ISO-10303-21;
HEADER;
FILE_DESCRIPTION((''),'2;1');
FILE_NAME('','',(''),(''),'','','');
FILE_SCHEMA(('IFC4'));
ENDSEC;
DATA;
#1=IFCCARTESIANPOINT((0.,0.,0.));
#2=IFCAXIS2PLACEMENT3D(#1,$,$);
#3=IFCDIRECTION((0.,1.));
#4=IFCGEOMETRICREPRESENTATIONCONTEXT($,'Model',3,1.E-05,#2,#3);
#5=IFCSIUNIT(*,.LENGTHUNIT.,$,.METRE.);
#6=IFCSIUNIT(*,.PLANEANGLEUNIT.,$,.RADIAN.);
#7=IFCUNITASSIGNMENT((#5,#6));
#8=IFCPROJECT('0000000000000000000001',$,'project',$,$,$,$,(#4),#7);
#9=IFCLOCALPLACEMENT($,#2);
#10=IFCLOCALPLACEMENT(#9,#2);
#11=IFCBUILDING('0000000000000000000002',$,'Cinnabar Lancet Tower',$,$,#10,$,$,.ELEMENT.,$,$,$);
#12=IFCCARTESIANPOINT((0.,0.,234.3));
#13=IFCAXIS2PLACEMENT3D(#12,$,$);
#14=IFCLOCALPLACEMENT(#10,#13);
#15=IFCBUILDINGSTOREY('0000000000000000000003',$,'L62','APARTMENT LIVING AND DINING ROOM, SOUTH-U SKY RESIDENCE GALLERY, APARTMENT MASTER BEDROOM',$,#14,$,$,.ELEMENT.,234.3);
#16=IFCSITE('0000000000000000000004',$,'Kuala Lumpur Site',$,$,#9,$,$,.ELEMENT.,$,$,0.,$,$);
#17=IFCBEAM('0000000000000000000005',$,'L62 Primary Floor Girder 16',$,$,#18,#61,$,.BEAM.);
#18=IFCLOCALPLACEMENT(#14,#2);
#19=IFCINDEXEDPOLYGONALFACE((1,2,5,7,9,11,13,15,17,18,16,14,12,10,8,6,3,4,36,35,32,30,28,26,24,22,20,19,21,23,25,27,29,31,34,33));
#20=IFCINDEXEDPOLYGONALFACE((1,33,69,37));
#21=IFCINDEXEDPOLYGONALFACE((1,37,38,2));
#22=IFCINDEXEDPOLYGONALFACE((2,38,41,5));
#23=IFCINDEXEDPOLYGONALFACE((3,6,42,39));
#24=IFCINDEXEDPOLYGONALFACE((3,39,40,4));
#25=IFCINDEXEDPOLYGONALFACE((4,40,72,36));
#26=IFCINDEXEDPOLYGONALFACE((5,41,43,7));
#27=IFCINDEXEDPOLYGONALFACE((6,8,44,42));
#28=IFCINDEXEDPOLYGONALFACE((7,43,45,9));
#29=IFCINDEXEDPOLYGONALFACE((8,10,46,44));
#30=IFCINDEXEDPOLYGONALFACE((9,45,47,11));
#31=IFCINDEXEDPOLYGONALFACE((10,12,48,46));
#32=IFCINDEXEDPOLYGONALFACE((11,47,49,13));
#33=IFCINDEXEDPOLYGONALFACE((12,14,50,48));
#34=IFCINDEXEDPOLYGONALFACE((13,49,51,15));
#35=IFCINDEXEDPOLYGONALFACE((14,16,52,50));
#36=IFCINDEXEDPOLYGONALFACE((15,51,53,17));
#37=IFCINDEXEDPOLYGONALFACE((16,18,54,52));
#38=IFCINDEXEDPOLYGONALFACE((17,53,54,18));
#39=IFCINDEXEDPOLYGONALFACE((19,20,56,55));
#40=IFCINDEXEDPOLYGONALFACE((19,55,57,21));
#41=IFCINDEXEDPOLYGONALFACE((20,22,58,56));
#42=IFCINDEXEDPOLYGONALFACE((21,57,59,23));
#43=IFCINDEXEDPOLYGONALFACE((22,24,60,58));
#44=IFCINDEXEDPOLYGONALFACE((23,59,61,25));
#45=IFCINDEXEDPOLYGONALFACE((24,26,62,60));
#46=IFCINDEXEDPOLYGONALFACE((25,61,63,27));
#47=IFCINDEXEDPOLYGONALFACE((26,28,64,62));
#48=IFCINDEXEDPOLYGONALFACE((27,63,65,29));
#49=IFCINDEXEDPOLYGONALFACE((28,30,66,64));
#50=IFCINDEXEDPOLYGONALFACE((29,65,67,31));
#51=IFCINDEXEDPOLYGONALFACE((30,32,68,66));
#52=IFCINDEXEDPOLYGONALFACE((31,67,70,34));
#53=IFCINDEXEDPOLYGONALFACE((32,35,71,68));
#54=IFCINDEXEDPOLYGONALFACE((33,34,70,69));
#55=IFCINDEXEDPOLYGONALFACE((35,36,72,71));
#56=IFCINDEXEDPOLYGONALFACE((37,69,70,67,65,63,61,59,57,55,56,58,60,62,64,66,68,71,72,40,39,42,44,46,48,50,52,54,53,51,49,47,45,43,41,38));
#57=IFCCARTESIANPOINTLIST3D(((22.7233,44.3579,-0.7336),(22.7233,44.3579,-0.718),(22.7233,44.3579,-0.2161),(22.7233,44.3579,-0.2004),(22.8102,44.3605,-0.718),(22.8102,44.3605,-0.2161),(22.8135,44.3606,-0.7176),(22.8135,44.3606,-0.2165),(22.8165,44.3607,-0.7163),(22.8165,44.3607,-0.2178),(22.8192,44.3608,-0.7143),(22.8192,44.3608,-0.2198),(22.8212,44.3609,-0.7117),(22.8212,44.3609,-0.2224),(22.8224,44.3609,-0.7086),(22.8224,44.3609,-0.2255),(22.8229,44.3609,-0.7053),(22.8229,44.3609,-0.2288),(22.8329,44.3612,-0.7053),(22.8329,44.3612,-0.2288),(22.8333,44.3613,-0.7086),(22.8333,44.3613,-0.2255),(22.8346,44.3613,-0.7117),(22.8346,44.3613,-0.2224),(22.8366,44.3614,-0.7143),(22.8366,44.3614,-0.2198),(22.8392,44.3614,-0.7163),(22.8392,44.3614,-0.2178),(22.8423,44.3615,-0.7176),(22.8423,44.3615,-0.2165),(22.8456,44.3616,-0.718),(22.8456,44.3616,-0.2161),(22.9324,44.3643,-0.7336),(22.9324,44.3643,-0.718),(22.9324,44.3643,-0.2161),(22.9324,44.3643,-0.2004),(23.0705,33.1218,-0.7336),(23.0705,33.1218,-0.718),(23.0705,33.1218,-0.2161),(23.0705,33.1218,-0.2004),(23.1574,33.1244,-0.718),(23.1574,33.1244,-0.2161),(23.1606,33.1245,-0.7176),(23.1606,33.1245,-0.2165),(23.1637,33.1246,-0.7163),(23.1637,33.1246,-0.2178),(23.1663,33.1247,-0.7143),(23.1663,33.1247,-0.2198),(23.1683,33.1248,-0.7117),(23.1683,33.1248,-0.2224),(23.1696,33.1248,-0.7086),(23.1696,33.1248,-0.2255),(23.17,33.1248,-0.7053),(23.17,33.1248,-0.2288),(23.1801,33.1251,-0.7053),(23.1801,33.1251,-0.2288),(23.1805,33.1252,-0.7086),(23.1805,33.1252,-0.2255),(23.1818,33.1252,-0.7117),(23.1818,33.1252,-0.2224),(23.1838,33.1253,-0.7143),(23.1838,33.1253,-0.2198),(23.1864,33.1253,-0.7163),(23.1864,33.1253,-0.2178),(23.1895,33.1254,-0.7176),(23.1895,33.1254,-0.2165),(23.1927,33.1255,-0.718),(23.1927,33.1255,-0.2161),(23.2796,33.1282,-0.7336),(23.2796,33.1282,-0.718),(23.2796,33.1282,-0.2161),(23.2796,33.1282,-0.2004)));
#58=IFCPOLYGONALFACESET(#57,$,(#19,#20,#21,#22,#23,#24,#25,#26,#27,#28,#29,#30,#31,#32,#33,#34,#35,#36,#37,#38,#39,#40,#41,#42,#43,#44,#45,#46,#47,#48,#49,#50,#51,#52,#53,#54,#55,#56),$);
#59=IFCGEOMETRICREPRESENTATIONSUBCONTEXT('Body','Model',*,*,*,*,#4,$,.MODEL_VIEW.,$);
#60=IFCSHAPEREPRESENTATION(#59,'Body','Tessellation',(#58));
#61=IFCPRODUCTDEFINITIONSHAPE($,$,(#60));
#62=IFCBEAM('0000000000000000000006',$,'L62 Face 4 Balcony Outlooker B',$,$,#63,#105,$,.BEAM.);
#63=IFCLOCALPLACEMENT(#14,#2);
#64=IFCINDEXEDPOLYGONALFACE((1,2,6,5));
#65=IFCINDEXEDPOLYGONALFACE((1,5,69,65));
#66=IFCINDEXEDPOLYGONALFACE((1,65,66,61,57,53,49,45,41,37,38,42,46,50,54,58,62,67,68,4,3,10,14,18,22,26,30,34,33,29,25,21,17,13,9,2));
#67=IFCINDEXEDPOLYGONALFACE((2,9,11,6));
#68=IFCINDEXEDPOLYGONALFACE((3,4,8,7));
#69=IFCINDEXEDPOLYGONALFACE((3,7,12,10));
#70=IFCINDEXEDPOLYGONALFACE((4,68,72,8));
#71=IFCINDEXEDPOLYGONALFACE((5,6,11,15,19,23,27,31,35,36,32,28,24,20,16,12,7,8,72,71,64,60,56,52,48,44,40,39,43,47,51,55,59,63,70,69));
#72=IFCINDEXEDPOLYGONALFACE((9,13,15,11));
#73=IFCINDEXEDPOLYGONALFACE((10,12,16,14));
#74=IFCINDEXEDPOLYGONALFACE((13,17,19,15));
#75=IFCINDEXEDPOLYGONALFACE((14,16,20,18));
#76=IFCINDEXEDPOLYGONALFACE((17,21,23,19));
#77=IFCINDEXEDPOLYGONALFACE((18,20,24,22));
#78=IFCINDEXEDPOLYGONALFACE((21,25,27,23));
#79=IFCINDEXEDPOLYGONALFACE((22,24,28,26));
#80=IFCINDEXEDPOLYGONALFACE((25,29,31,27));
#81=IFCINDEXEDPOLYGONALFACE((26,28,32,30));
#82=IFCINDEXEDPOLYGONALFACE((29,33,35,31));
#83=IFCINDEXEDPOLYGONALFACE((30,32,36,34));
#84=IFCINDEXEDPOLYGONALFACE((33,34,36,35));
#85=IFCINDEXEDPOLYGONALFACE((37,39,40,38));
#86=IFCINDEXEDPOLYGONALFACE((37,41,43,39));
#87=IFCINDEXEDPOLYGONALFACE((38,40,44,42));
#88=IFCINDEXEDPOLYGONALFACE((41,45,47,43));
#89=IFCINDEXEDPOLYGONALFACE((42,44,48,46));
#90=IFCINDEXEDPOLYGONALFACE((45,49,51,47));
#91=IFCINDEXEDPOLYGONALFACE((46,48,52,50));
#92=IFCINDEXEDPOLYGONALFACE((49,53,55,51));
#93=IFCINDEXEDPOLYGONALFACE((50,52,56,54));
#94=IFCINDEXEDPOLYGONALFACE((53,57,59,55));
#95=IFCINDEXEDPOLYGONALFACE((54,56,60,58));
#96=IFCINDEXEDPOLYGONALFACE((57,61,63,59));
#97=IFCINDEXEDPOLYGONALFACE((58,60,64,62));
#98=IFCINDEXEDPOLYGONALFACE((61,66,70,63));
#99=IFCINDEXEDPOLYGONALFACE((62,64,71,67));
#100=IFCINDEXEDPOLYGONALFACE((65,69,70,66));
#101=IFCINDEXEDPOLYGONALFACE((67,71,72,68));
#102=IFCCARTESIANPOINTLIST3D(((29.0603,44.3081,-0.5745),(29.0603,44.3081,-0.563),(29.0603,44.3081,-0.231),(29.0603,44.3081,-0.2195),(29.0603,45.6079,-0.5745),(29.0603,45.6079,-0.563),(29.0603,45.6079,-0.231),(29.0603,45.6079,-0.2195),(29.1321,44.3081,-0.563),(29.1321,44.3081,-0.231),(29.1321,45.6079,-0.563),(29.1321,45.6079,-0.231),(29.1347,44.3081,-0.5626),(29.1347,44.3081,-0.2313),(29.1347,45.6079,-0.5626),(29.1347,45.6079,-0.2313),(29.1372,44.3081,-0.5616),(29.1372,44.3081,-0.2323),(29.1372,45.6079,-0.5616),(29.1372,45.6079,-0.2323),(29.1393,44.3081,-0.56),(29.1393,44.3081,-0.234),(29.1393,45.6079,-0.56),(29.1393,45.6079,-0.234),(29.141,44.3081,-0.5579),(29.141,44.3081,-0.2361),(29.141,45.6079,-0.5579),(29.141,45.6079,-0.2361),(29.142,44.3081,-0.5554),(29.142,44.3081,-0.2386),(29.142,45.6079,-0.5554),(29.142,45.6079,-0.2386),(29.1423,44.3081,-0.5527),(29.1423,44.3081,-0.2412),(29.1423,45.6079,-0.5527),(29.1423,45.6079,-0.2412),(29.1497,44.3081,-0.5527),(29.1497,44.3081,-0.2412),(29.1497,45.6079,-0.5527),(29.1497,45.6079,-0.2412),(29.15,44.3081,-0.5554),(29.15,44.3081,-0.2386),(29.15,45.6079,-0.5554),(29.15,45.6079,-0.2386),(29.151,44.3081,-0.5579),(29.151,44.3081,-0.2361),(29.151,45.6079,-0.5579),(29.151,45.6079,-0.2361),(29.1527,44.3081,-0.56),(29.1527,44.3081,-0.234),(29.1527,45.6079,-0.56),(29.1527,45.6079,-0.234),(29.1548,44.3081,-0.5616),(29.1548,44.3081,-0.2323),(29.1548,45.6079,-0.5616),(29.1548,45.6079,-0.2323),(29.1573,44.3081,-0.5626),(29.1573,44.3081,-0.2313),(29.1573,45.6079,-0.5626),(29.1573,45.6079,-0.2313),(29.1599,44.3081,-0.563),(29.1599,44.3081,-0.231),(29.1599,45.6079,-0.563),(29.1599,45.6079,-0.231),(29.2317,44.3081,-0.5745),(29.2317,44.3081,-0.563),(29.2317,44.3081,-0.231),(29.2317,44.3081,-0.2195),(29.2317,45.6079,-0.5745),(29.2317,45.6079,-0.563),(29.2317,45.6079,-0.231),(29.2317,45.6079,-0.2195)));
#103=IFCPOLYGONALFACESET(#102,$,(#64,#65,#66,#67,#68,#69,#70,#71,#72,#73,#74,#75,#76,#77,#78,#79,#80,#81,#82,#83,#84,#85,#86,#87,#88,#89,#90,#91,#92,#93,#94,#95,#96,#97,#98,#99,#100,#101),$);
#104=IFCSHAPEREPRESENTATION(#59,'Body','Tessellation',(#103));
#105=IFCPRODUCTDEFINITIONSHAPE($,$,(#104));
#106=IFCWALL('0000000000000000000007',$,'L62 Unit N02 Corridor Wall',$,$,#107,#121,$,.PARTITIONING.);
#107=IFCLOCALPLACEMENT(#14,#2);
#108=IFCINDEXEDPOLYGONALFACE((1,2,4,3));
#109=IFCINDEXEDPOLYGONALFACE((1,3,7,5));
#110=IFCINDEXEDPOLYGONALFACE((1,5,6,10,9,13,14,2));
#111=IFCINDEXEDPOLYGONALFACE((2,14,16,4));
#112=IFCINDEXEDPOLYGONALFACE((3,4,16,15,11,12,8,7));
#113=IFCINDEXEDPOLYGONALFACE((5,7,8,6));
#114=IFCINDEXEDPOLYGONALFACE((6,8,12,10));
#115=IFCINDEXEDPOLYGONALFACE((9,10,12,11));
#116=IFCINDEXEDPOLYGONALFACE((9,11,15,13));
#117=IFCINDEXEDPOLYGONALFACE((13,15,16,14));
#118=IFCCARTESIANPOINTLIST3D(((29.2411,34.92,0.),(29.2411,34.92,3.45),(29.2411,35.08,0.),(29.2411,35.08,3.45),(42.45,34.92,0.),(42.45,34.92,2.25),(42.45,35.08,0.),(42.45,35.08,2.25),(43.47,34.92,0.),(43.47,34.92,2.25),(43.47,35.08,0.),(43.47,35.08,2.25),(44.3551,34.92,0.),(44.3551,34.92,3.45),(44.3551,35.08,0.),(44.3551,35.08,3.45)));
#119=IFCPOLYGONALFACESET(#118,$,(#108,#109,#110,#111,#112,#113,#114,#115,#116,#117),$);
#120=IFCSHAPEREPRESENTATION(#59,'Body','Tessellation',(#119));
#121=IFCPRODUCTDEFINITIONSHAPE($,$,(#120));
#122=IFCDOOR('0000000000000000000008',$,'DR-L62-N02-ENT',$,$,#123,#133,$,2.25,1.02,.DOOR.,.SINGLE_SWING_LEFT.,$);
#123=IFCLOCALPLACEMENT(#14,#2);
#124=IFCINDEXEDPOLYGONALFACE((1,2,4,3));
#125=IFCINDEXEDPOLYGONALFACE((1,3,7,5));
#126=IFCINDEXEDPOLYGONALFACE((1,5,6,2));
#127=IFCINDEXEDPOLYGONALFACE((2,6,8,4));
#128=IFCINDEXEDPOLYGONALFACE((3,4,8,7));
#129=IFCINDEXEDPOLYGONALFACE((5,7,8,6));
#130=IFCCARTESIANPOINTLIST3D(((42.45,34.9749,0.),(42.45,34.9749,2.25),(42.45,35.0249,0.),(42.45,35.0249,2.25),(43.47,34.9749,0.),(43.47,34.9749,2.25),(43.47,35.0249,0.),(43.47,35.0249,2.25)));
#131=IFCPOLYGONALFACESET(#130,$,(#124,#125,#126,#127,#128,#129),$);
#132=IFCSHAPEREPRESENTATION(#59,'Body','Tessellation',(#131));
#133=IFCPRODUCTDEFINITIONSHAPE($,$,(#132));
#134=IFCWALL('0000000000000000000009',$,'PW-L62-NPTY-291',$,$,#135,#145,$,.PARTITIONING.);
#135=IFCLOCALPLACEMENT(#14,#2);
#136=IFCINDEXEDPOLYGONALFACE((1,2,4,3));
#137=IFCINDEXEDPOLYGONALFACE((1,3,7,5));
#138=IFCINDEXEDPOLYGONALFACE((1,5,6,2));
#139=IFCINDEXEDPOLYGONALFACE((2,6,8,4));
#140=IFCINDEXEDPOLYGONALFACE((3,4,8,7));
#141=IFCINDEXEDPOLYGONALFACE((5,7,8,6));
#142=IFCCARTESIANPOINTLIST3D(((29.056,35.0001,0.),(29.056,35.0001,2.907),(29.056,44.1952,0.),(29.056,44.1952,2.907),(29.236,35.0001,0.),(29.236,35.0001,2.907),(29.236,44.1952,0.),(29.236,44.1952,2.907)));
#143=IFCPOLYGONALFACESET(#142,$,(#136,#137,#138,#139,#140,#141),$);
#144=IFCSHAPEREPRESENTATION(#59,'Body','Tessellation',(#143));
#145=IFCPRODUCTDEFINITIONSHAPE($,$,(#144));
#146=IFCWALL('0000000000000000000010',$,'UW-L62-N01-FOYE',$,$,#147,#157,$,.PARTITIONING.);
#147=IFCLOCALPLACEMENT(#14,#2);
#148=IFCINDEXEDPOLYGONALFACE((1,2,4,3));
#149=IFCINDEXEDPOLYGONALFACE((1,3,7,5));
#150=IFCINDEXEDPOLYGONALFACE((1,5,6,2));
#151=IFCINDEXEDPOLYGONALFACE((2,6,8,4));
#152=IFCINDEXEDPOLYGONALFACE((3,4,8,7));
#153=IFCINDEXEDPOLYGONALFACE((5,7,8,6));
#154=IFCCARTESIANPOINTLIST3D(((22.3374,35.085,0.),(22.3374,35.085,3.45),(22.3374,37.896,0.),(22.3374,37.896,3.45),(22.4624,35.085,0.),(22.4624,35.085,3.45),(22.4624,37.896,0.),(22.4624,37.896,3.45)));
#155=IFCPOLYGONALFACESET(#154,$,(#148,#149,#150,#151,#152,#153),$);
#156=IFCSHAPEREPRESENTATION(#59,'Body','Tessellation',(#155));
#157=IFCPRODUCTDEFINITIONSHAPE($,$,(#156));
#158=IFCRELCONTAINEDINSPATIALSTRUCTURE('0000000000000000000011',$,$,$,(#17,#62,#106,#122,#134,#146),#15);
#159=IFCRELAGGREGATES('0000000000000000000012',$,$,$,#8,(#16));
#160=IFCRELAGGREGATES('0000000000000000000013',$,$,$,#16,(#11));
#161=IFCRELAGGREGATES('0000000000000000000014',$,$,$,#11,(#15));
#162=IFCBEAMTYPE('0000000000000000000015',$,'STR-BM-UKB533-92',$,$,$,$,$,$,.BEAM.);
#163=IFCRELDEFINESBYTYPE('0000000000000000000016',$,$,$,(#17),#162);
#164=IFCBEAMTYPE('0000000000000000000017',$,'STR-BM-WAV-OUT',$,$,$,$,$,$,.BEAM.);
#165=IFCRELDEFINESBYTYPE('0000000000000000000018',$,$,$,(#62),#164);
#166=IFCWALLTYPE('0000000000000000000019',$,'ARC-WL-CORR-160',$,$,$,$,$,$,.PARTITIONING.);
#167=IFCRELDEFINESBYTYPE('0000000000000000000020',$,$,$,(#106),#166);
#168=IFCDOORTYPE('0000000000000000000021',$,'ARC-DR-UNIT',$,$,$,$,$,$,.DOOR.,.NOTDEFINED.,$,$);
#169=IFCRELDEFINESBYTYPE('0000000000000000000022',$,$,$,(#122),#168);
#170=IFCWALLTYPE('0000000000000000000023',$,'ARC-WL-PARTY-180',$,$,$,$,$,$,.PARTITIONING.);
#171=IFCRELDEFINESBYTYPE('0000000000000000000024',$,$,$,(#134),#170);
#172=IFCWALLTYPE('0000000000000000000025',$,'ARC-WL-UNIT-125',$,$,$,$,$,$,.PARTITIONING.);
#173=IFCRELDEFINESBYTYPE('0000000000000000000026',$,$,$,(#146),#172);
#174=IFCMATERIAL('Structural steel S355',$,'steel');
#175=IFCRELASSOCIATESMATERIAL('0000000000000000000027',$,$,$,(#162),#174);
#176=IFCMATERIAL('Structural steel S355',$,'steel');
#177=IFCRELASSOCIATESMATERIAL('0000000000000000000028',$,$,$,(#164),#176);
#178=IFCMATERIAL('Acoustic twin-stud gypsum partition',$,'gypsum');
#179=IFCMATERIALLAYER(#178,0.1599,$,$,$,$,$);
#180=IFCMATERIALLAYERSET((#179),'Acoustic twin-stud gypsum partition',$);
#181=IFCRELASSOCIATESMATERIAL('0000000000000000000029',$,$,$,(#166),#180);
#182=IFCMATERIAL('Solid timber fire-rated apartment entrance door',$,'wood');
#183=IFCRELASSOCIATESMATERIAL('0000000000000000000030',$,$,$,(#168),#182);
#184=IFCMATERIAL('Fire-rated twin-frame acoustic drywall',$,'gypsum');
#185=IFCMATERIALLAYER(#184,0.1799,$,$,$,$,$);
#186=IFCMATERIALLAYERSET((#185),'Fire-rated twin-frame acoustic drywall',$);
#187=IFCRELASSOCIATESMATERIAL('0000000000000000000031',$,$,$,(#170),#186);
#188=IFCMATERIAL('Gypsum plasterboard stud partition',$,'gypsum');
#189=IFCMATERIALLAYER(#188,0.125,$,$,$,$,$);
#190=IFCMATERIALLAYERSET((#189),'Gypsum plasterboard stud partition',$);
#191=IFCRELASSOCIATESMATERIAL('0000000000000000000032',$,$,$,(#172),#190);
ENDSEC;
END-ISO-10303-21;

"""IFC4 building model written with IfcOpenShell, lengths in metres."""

from ifc_helpers import new_model, si_unit, direction, frame, frame_2d, origin, origin_2d, place, context, subcontext, project, spatial, rectangle, i_section, extrude, material, layer, layer_set, material_profile, profile_set, type_object, element, fill, save


model = new_model("IFC4")

# Units and contexts
model_context = context("Model", 3, precision=1e-05, world=origin(), true_north=direction((0.0, 1.0)))
body_context = subcontext(model_context, "Body", "Model", "MODEL_VIEW")
ifc_project = project(units=[si_unit("LENGTHUNIT", "METRE"), si_unit("PLANEANGLEUNIT", "RADIAN")], contexts=[model_context])

# Site, building, storey
site_placement = place(None, origin())
site = spatial("IfcSite", under=ifc_project, at=site_placement, Name="Kuala Lumpur Site", CompositionType="ELEMENT", RefElevation=0.0)
building_placement = place(site_placement, origin())
building = spatial("IfcBuilding", under=site, at=building_placement, Name="Cinnabar Lancet Tower", CompositionType="ELEMENT")
storey_placement = place(building_placement, frame((0.0, 0.0, 234.3)))
storey = spatial("IfcBuildingStorey", under=building, at=storey_placement, Name="L62", Description="APARTMENT LIVING AND DINING ROOM, SOUTH-U SKY RESIDENCE GALLERY, APARTMENT MASTER BEDROOM", CompositionType="ELEMENT", Elevation=234.3)

# Beams
ifc_material_1 = material(Name="Structural steel S355", Category="steel")
ifc_material_profile_1 = material_profile(ifc_material_1, i_section(OverallWidth=0.2092, OverallDepth=0.5332, WebThickness=0.01, FlangeThickness=0.0156, FilletRadius=0.0127, at=origin_2d()), Name="UKB 533x210x92")
ifc_profile_set_1 = profile_set([ifc_material_profile_1], Name="Structural steel S355")
beam_type_1 = type_object("IfcBeamType", Name="STR-BM-UKB533-92", PredefinedType="BEAM", material=ifc_profile_set_1)
beam_1_placement = place(storey_placement, frame((22.8279, 44.3611, -0.467), z_axis=(0.030883, -0.999523, 0.0), x_axis=(0.999523, 0.030883, 0.0)))
element("IfcBeam", 1, at=beam_1_placement, inside=storey, type_object=beam_type_1, Name="L62 Primary Floor Girder 16", PredefinedType="BEAM", context=body_context, shape_type="SweptSolid", body=[
    extrude(i_section(OverallWidth=0.2092, OverallDepth=0.5332, WebThickness=0.01, FlangeThickness=0.0156, FilletRadius=0.0127, at=origin_2d()), origin(), (0.0, 0.0, 1.0), 11.2415),
])
ifc_material_2 = material(Name="Structural steel S355", Category="steel")
ifc_material_profile_2 = material_profile(ifc_material_2, i_section(OverallWidth=0.1714, OverallDepth=0.355, WebThickness=0.0073, FlangeThickness=0.0115, FilletRadius=0.0103, at=origin_2d()), Name="UKB 356x171x51")
ifc_profile_set_2 = profile_set([ifc_material_profile_2], Name="Structural steel S355")
beam_type_2 = type_object("IfcBeamType", Name="STR-BM-WAV-OUT", PredefinedType="BEAM", material=ifc_profile_set_2)
beam_2_placement = place(storey_placement, frame((29.146, 44.3081, -0.397), z_axis=(0.0, 1.0, 0.0), x_axis=(-1.0, 0.0, 0.0)))
element("IfcBeam", 2, at=beam_2_placement, inside=storey, type_object=beam_type_2, Name="L62 Face 4 Balcony Outlooker B", PredefinedType="BEAM", context=body_context, shape_type="SweptSolid", body=[
    extrude(i_section(OverallWidth=0.1714, OverallDepth=0.355, WebThickness=0.0073, FlangeThickness=0.0115, FilletRadius=0.0103, at=origin_2d()), origin(), (0.0, 0.0, 1.0), 1.2998),
])

# Wall, opening, door
ifc_material_3 = material(Name="Acoustic twin-stud gypsum partition", Category="gypsum")
ifc_layer_1 = layer(ifc_material_3, 0.1599)
ifc_layer_set_1 = layer_set([ifc_layer_1], Name="Acoustic twin-stud gypsum partition")
wall_type_1 = type_object("IfcWallType", Name="ARC-WL-CORR-160", PredefinedType="PARTITIONING", material=ifc_layer_set_1)
wall_1_placement = place(storey_placement, frame((29.241, 35.0, 0.0), z_axis=(0.0, 0.0, 1.0), x_axis=(1.0, 0.0, 0.0)))
wall_1 = element("IfcWall", 3, at=wall_1_placement, inside=storey, type_object=wall_type_1, Name="L62 Unit N02 Corridor Wall", PredefinedType="PARTITIONING", context=body_context, shape_type="SweptSolid", body=[
    extrude(rectangle(XDim=15.114, YDim=0.1599, at=frame_2d((7.5571, 0.0))), origin(), (0.0, 0.0, 1.0), 3.45),
])
opening_1_placement = place(wall_1_placement, frame((13.209, 0.0, 0.0)))
opening_1 = element("IfcOpeningElement", 4, at=opening_1_placement, cuts=wall_1, PredefinedType="OPENING", context=body_context, shape_type="SweptSolid", body=[
    extrude(rectangle(XDim=1.02, YDim=2.25, at=frame_2d((0.51, 1.125))), frame((0.0, 0.0898, 0.0), z_axis=(0.0, -1.0, 0.0), x_axis=(1.0, 0.0, 0.0)), (0.0, 0.0, 1.0), 0.1799),
])
ifc_material_4 = material(Name="Solid timber fire-rated apartment entrance door", Category="wood")
door_type_1 = type_object("IfcDoorType", Name="ARC-DR-UNIT", OperationType="NOTDEFINED", PredefinedType="DOOR", material=ifc_material_4)
door_1_placement = place(opening_1_placement, origin())
door_1 = element("IfcDoor", 5, at=door_1_placement, inside=storey, type_object=door_type_1, Name="DR-L62-N02-ENT", OperationType="SINGLE_SWING_LEFT", OverallHeight=2.25, OverallWidth=1.02, PredefinedType="DOOR", context=body_context, shape_type="SweptSolid", body=[
    extrude(rectangle(XDim=1.02, YDim=2.25, at=frame_2d((0.51, 1.125))), frame((0.0, 0.0249, 0.0), z_axis=(0.0, -1.0, 0.0), x_axis=(1.0, 0.0, 0.0)), (0.0, 0.0, 1.0), 0.05),
])
fill(opening_1, door_1)

# Walls
ifc_material_5 = material(Name="Fire-rated twin-frame acoustic drywall", Category="gypsum")
ifc_layer_2 = layer(ifc_material_5, 0.1799)
ifc_layer_set_2 = layer_set([ifc_layer_2], Name="Fire-rated twin-frame acoustic drywall")
wall_type_2 = type_object("IfcWallType", Name="ARC-WL-PARTY-180", PredefinedType="PARTITIONING", material=ifc_layer_set_2)
wall_2_placement = place(storey_placement, frame((29.146, 35.0, 0.0), z_axis=(0.0, 0.0, 1.0), x_axis=(0.0, 1.0, 0.0)))
element("IfcWall", 6, at=wall_2_placement, inside=storey, type_object=wall_type_2, Name="PW-L62-NPTY-291", PredefinedType="PARTITIONING", context=body_context, shape_type="SweptSolid", body=[
    extrude(rectangle(XDim=9.1951, YDim=0.1799, at=frame_2d((4.5977, 0.0))), origin(), (0.0, 0.0, 1.0), 2.907),
])
ifc_material_6 = material(Name="Gypsum plasterboard stud partition", Category="gypsum")
ifc_layer_3 = layer(ifc_material_6, 0.125)
ifc_layer_set_3 = layer_set([ifc_layer_3], Name="Gypsum plasterboard stud partition")
wall_type_3 = type_object("IfcWallType", Name="ARC-WL-UNIT-125", PredefinedType="PARTITIONING", material=ifc_layer_set_3)
wall_3_placement = place(storey_placement, frame((22.3999, 35.085, 0.0), z_axis=(0.0, 0.0, 1.0), x_axis=(0.0, 1.0, 0.0)))
element("IfcWall", 7, at=wall_3_placement, inside=storey, type_object=wall_type_3, Name="UW-L62-N01-FOYE", PredefinedType="PARTITIONING", context=body_context, shape_type="SweptSolid", body=[
    extrude(rectangle(XDim=2.811, YDim=0.125, at=frame_2d((1.4055, 0.0))), origin(), (0.0, 0.0, 1.0), 3.45),
])

save(model, "model.ifc")
